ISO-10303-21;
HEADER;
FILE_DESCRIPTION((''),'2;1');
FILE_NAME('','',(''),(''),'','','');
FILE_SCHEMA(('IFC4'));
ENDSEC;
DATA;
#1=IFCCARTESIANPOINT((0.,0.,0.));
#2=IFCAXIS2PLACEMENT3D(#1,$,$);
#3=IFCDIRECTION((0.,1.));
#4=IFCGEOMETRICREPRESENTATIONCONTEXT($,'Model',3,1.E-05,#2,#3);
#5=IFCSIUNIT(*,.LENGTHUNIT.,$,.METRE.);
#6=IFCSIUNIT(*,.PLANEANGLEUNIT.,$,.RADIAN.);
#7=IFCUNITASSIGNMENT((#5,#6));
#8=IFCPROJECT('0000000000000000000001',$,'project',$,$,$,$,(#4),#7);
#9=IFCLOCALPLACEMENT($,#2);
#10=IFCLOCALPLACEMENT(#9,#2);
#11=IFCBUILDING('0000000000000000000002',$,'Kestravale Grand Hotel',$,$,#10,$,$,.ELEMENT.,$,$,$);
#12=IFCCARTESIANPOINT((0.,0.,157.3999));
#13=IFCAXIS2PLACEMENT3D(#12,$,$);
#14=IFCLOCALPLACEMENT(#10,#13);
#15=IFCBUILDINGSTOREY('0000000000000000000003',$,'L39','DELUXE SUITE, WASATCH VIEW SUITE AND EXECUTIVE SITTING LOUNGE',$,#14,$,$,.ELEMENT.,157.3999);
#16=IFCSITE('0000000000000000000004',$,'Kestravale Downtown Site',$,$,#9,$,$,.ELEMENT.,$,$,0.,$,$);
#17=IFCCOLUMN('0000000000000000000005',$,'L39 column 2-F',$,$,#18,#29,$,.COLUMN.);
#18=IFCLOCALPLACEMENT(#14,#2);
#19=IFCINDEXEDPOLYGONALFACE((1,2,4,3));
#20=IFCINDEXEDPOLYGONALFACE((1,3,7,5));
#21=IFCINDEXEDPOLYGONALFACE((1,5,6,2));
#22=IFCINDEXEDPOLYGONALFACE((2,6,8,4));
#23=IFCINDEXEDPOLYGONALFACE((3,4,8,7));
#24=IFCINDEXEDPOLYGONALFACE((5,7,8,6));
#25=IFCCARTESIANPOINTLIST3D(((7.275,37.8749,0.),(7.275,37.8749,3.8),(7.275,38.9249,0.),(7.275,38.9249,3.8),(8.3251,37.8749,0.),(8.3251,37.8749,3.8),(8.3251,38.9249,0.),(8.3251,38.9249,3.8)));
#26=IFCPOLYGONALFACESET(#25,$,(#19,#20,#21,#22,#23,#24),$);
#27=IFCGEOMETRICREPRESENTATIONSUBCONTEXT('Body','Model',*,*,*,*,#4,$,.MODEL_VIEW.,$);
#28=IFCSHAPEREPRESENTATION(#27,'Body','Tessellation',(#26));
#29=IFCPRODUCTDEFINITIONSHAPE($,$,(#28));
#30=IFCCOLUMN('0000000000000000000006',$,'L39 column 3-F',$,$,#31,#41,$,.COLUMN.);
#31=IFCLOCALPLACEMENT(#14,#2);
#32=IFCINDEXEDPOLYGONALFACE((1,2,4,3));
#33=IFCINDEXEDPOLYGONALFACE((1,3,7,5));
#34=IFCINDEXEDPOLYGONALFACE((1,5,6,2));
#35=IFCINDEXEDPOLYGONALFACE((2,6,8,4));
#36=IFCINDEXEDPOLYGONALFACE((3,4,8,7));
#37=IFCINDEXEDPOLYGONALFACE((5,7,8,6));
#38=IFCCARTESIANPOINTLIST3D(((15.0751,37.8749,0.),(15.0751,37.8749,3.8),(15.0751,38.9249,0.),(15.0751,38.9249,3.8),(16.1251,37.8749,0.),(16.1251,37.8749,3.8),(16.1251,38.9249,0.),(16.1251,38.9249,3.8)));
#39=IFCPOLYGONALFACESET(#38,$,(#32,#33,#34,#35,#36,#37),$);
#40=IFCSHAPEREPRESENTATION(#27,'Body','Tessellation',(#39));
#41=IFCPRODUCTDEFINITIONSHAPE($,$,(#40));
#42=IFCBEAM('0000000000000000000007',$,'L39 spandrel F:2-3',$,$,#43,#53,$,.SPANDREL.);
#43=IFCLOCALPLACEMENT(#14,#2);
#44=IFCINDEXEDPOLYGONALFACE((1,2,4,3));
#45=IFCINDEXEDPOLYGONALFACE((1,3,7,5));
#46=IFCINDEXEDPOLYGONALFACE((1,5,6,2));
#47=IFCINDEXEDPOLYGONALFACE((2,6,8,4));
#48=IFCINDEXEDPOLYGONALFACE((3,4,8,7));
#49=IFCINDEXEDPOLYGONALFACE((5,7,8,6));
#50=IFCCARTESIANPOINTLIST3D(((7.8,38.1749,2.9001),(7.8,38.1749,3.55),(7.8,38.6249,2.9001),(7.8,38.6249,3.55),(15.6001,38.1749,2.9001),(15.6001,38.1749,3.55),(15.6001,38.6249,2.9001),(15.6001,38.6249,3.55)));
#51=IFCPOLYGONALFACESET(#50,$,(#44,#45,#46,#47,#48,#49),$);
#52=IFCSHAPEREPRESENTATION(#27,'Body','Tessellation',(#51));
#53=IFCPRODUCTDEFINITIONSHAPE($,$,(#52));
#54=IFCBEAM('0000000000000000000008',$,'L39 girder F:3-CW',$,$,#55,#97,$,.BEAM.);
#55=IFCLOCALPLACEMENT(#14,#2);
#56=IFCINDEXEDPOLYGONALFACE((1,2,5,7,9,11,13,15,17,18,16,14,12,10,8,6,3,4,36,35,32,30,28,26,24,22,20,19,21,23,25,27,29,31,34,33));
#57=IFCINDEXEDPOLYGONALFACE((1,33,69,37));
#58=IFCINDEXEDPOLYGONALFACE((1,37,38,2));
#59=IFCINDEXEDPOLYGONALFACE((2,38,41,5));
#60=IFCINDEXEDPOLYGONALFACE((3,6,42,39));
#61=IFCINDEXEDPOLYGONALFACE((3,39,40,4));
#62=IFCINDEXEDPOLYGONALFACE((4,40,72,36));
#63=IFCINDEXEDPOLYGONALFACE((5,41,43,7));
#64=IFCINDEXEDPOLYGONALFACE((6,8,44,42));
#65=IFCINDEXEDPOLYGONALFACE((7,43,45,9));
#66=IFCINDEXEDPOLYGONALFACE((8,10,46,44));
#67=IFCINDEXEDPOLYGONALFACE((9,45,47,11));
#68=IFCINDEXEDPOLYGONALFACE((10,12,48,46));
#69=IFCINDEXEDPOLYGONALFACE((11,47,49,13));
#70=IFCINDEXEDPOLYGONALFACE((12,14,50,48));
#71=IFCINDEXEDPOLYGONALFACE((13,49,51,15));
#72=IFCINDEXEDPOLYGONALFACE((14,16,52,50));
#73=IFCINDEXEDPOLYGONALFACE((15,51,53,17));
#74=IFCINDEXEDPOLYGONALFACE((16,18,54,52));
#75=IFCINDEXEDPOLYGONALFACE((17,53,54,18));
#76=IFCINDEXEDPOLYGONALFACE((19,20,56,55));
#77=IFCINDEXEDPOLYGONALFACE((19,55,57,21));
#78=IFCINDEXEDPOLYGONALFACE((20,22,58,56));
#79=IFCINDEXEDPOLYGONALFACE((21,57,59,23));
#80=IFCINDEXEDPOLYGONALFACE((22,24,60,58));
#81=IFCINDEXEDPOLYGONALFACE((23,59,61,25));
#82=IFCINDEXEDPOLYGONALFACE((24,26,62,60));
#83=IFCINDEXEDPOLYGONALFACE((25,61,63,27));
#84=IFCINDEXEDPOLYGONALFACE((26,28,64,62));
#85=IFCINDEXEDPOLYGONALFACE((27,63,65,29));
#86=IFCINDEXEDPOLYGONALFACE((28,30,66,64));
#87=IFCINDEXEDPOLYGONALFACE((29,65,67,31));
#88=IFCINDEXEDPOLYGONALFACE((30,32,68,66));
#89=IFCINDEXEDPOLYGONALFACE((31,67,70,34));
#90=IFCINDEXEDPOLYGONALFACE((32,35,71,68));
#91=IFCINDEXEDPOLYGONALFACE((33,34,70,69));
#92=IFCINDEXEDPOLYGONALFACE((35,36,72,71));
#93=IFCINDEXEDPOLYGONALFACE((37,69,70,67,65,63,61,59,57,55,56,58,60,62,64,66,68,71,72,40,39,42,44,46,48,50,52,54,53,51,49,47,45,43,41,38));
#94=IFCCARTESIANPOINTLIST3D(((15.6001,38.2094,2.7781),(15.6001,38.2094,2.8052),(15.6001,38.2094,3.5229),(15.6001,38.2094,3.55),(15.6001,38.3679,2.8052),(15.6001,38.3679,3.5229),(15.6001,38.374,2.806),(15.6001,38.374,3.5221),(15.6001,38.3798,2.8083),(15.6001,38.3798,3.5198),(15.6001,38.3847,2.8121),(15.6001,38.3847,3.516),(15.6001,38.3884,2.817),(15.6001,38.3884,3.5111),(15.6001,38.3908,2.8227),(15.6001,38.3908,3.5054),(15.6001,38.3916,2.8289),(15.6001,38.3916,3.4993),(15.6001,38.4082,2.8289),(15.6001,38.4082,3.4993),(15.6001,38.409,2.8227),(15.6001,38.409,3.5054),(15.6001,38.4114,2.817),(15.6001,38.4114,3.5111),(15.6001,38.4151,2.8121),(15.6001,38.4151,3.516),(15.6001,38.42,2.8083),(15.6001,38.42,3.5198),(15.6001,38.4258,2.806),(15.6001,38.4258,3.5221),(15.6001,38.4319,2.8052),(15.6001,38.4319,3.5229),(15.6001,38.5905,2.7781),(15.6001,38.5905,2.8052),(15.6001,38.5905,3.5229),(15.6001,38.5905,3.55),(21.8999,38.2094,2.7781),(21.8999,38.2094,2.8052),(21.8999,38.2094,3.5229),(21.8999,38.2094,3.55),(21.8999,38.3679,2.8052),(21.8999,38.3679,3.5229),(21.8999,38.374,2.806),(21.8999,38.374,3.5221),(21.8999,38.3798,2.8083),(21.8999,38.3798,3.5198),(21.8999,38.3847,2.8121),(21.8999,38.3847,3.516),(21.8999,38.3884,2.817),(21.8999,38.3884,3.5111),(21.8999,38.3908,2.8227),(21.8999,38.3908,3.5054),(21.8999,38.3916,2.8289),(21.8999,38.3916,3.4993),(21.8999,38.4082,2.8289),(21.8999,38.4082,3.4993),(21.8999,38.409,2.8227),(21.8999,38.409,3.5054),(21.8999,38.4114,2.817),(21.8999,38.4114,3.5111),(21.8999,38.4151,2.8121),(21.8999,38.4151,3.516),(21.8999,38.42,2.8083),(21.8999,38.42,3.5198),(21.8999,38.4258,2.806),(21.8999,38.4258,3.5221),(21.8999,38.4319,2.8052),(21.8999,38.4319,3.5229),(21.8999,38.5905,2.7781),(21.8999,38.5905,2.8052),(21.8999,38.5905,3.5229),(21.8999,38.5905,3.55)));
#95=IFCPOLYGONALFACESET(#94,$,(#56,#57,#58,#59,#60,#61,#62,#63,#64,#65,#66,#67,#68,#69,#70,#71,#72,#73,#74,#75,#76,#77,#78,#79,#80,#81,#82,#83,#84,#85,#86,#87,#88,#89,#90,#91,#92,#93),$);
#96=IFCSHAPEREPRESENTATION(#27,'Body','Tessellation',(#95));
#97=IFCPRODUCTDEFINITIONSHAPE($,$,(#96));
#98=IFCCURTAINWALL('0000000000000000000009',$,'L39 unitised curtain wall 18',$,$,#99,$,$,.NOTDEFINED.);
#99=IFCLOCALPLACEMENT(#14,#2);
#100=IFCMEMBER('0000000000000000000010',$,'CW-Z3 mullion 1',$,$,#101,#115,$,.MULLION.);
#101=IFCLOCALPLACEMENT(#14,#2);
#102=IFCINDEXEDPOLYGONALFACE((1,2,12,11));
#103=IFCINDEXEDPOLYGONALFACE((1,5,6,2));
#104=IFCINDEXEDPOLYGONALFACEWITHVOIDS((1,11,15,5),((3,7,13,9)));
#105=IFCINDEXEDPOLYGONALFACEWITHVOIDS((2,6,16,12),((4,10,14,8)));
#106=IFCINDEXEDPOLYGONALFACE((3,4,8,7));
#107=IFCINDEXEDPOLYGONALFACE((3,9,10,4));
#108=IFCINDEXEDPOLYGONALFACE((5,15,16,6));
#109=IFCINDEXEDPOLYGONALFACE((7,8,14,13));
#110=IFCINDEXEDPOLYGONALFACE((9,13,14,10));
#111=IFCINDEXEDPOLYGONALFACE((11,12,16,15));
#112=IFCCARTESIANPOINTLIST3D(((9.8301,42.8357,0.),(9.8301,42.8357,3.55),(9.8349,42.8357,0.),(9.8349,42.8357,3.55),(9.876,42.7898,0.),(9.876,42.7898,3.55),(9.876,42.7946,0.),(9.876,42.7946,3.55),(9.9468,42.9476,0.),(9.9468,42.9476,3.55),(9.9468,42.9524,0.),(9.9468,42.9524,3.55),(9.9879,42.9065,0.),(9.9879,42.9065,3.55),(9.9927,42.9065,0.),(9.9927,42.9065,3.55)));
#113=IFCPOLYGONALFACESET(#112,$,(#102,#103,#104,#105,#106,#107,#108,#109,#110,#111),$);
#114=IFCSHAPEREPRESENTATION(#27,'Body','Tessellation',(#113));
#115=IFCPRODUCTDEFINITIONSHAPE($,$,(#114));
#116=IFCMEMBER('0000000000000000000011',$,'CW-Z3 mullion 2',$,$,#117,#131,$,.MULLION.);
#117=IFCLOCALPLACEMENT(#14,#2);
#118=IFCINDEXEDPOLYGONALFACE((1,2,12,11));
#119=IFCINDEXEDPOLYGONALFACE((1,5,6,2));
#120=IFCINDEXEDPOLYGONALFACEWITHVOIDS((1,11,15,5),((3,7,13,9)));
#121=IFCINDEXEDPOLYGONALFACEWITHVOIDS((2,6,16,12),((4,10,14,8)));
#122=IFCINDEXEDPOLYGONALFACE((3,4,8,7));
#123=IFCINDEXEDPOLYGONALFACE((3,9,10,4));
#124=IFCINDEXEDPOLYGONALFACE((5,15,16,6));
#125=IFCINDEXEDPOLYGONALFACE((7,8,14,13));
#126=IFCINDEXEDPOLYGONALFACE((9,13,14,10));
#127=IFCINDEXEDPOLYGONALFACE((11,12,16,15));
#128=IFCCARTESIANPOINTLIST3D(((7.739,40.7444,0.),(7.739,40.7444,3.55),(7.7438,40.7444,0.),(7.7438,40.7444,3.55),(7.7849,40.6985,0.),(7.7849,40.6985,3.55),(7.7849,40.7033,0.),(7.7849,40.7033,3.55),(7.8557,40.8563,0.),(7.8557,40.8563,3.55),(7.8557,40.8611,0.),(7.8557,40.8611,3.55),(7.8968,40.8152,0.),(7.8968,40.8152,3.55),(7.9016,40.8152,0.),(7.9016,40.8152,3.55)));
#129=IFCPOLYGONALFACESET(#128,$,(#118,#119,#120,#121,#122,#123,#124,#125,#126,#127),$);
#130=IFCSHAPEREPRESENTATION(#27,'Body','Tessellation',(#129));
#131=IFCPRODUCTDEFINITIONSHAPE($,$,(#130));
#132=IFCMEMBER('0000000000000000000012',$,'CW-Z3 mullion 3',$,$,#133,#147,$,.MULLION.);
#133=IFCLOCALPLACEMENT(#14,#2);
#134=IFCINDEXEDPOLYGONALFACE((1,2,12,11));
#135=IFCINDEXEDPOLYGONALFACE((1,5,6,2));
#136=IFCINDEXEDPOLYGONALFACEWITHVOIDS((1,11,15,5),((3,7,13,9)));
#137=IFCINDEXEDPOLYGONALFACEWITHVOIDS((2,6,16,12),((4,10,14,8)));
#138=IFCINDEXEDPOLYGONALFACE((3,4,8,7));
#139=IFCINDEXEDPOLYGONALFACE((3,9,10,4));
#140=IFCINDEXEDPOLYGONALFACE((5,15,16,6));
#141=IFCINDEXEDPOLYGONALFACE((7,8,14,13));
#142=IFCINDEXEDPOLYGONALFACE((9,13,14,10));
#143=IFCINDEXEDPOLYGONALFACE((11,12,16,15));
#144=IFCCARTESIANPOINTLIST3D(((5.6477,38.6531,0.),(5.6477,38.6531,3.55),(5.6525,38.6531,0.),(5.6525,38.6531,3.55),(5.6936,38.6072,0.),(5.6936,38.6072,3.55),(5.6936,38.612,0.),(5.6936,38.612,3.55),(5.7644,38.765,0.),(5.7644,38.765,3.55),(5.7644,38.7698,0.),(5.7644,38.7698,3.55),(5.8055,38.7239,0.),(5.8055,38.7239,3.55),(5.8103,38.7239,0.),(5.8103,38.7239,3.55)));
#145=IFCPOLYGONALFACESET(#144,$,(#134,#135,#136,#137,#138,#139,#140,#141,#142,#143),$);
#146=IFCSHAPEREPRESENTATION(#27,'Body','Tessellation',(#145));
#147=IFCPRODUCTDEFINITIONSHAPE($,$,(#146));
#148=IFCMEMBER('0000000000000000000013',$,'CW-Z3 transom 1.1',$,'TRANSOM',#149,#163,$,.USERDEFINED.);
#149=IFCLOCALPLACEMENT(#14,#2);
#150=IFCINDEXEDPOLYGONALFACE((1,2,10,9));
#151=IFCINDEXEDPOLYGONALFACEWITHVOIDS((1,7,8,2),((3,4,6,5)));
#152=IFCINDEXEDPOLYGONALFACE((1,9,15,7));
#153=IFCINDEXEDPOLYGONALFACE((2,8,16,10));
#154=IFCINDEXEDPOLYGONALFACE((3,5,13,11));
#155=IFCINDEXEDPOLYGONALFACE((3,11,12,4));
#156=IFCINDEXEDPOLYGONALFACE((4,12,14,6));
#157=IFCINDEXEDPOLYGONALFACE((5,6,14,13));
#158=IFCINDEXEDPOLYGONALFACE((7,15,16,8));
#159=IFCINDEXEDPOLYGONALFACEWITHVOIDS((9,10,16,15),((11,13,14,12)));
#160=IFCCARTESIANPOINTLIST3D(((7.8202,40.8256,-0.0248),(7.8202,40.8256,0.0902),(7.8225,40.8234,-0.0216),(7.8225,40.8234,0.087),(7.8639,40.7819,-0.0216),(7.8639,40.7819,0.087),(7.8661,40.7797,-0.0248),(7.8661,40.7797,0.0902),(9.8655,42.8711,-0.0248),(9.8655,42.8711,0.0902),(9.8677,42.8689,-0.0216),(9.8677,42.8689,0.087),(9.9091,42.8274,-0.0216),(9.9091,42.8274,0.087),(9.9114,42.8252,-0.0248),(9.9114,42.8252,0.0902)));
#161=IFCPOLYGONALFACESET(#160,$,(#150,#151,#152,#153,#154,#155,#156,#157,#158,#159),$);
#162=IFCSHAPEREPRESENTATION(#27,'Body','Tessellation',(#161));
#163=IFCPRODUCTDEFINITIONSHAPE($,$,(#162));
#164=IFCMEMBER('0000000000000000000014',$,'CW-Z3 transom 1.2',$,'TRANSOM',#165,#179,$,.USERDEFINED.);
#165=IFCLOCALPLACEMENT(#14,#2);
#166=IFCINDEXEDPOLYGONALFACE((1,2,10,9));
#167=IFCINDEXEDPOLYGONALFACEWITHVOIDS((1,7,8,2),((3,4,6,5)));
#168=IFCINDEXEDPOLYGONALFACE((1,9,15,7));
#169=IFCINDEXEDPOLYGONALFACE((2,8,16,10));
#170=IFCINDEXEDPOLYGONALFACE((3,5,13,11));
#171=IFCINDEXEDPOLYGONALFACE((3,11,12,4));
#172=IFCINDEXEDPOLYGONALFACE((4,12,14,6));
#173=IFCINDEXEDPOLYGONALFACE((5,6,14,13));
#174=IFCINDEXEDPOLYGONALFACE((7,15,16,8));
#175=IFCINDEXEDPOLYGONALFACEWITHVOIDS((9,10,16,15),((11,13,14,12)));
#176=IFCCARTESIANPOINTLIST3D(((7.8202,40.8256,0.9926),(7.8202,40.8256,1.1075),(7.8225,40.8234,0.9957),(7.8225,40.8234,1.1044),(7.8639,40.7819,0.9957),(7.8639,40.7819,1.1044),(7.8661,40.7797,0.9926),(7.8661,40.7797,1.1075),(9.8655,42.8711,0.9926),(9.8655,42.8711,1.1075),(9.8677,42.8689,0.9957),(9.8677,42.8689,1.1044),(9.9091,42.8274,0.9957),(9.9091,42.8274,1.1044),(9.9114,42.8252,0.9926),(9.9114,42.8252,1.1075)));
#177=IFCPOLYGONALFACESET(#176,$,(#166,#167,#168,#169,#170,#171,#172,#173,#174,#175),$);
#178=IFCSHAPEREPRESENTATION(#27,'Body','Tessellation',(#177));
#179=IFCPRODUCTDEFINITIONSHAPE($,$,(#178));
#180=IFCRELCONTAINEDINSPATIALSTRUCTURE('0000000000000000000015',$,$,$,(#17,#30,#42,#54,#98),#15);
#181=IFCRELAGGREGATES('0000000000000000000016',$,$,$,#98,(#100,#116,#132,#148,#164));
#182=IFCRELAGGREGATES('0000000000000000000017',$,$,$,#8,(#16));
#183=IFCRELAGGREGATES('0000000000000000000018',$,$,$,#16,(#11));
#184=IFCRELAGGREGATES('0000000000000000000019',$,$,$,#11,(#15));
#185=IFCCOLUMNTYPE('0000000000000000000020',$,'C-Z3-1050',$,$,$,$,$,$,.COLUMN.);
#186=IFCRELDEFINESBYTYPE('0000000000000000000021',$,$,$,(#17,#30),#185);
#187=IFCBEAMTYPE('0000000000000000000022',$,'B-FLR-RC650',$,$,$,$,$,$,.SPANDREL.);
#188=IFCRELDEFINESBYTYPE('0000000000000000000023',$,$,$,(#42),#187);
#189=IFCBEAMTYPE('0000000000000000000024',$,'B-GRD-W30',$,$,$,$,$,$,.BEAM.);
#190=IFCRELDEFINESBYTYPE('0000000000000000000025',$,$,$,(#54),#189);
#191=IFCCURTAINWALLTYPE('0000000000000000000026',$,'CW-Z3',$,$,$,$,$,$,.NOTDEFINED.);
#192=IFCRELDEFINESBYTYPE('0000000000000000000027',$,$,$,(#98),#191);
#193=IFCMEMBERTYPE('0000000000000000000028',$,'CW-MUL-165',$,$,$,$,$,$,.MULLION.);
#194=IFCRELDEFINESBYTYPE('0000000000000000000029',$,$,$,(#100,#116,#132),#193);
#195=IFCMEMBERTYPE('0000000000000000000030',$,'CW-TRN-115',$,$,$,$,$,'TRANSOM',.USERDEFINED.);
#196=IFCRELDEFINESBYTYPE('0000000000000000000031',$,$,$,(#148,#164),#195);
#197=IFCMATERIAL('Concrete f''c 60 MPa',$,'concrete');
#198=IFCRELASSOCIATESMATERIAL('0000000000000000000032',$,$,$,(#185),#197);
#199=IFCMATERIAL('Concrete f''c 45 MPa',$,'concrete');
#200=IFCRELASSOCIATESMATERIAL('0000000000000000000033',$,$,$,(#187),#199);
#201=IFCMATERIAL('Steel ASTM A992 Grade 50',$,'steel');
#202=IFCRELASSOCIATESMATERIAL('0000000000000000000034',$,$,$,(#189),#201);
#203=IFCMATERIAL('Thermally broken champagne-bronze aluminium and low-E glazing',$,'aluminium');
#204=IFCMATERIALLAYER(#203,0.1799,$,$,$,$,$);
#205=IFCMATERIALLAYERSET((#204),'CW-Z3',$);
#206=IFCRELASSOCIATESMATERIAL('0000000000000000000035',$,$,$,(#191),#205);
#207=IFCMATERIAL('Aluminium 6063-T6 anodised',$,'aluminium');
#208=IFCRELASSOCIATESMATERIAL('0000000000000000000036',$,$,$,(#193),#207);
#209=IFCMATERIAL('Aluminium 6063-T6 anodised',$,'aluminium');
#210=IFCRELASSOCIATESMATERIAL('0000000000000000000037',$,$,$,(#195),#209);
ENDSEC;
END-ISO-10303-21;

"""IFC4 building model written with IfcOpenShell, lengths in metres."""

from ifc_helpers import new_model, si_unit, direction, frame, origin, origin_2d, place, context, subcontext, project, spatial, rectangle, hollow_rectangle, i_section, extrude, material, layer, layer_set, material_profile, profile_set, type_object, element, aggregate, save


model = new_model("IFC4")

# Units and contexts
model_context = context("Model", 3, precision=1e-05, world=origin(), true_north=direction((0.0, 1.0)))
body_context = subcontext(model_context, "Body", "Model", "MODEL_VIEW")
ifc_project = project(units=[si_unit("LENGTHUNIT", "METRE"), si_unit("PLANEANGLEUNIT", "RADIAN")], contexts=[model_context])

# Site, building, storey
site_placement = place(None, origin())
site = spatial("IfcSite", under=ifc_project, at=site_placement, Name="Kestravale Downtown Site", CompositionType="ELEMENT", RefElevation=0.0)
building_placement = place(site_placement, origin())
building = spatial("IfcBuilding", under=site, at=building_placement, Name="Kestravale Grand Hotel", CompositionType="ELEMENT")
storey_placement = place(building_placement, frame((0.0, 0.0, 157.3999)))
storey = spatial("IfcBuildingStorey", under=building, at=storey_placement, Name="L39", Description="DELUXE SUITE, WASATCH VIEW SUITE AND EXECUTIVE SITTING LOUNGE", CompositionType="ELEMENT", Elevation=157.3999)

# Columns
ifc_material_1 = material(Name="Concrete f'c 60 MPa", Category="concrete")
ifc_material_profile_1 = material_profile(ifc_material_1, rectangle(XDim=1.05, YDim=1.05, at=origin_2d()))
ifc_profile_set_1 = profile_set([ifc_material_profile_1], Name="Concrete f'c 60 MPa")
column_type = type_object("IfcColumnType", Name="C-Z3-1050", PredefinedType="COLUMN", material=ifc_profile_set_1)
for number, where, z_axis, x_axis, name in (
    (1, (7.8, 38.3999, 0.0), (0.0, 0.0, 1.0), (1.0, 0.0, 0.0), "L39 column 2-F"),
    (2, (15.6001, 38.3999, 0.0), (0.0, 0.0, 1.0), (1.0, 0.0, 0.0), "L39 column 3-F"),
):
    element("IfcColumn", number, at=place(storey_placement, frame(where, z_axis=z_axis, x_axis=x_axis)), inside=storey, type_object=column_type, Name=name, PredefinedType="COLUMN", context=body_context, shape_type="SweptSolid", body=[
        extrude(rectangle(XDim=1.05, YDim=1.05, at=origin_2d()), origin(), (0.0, 0.0, 1.0), 3.8),
    ])

# Beams
ifc_material_2 = material(Name="Concrete f'c 45 MPa", Category="concrete")
ifc_material_profile_2 = material_profile(ifc_material_2, rectangle(XDim=0.45, YDim=0.6499, at=origin_2d()))
ifc_profile_set_2 = profile_set([ifc_material_profile_2], Name="Concrete f'c 45 MPa")
beam_type_1 = type_object("IfcBeamType", Name="B-FLR-RC650", PredefinedType="SPANDREL", material=ifc_profile_set_2)
beam_1_placement = place(storey_placement, frame((7.8, 38.3999, 3.2251), z_axis=(1.0, 0.0, 0.0), x_axis=(0.0, 1.0, 0.0)))
element("IfcBeam", 3, at=beam_1_placement, inside=storey, type_object=beam_type_1, Name="L39 spandrel F:2-3", PredefinedType="SPANDREL", context=body_context, shape_type="SweptSolid", body=[
    extrude(rectangle(XDim=0.45, YDim=0.6499, at=origin_2d()), origin(), (0.0, 0.0, 1.0), 7.8),
])
ifc_material_3 = material(Name="Steel ASTM A992 Grade 50", Category="steel")
ifc_material_profile_3 = material_profile(ifc_material_3, i_section(OverallWidth=0.3811, OverallDepth=0.772, WebThickness=0.0166, FlangeThickness=0.0271, FilletRadius=0.0237, at=origin_2d()))
ifc_profile_set_3 = profile_set([ifc_material_profile_3], Name="Steel ASTM A992 Grade 50")
beam_type_2 = type_object("IfcBeamType", Name="B-GRD-W30", PredefinedType="BEAM", material=ifc_profile_set_3)
beam_2_placement = place(storey_placement, frame((15.6001, 38.3999, 3.1641), z_axis=(1.0, 0.0, 0.0), x_axis=(0.0, 1.0, 0.0)))
element("IfcBeam", 4, at=beam_2_placement, inside=storey, type_object=beam_type_2, Name="L39 girder F:3-CW", PredefinedType="BEAM", context=body_context, shape_type="SweptSolid", body=[
    extrude(i_section(OverallWidth=0.3811, OverallDepth=0.772, WebThickness=0.0166, FlangeThickness=0.0271, FilletRadius=0.0237, at=origin_2d()), origin(), (0.0, 0.0, 1.0), 6.2998),
])

# Curtain wall, members
ifc_material_4 = material(Name="Thermally broken champagne-bronze aluminium and low-E glazing", Category="aluminium")
ifc_layer_1 = layer(ifc_material_4, 0.1799)
ifc_layer_set_1 = layer_set([ifc_layer_1], Name="CW-Z3")
curtain_wall_type = type_object("IfcCurtainWallType", Name="CW-Z3", PredefinedType="NOTDEFINED", material=ifc_layer_set_1)
curtain_wall_placement = place(storey_placement, origin())
curtain_wall = element("IfcCurtainWall", 5, at=curtain_wall_placement, inside=storey, type_object=curtain_wall_type, Name="L39 unitised curtain wall 18", PredefinedType="NOTDEFINED")
ifc_material_5 = material(Name="Aluminium 6063-T6 anodised", Category="aluminium")
ifc_material_profile_4 = material_profile(ifc_material_5, hollow_rectangle(XDim=0.0649, YDim=0.165, WallThickness=0.0034, at=origin_2d()))
ifc_profile_set_4 = profile_set([ifc_material_profile_4], Name="Aluminium 6063-T6 anodised")
member_type_1 = type_object("IfcMemberType", Name="CW-MUL-165", PredefinedType="MULLION", material=ifc_profile_set_4)
member_1_placement = place(storey_placement, frame((9.9114, 42.8711, 0.0), z_axis=(0.0, 0.0, 1.0), x_axis=(0.707107, -0.707107, 0.0)))
member_1 = element("IfcMember", 6, at=member_1_placement, type_object=member_type_1, Name="CW-Z3 mullion 1", PredefinedType="MULLION", context=body_context, shape_type="SweptSolid", body=[
    extrude(hollow_rectangle(XDim=0.0649, YDim=0.165, WallThickness=0.0034, at=origin_2d()), origin(), (0.0, 0.0, 1.0), 3.55),
])
member_2_placement = place(storey_placement, frame((7.8203, 40.7798, 0.0), z_axis=(0.0, 0.0, 1.0), x_axis=(0.707107, -0.707107, 0.0)))
member_2 = element("IfcMember", 7, at=member_2_placement, type_object=member_type_1, Name="CW-Z3 mullion 2", PredefinedType="MULLION", context=body_context, shape_type="SweptSolid", body=[
    extrude(hollow_rectangle(XDim=0.0649, YDim=0.165, WallThickness=0.0034, at=origin_2d()), origin(), (0.0, 0.0, 1.0), 3.55),
])
member_3_placement = place(storey_placement, frame((5.729, 38.6885, 0.0), z_axis=(0.0, 0.0, 1.0), x_axis=(0.707107, -0.707107, 0.0)))
member_3 = element("IfcMember", 8, at=member_3_placement, type_object=member_type_1, Name="CW-Z3 mullion 3", PredefinedType="MULLION", context=body_context, shape_type="SweptSolid", body=[
    extrude(hollow_rectangle(XDim=0.0649, YDim=0.165, WallThickness=0.0034, at=origin_2d()), origin(), (0.0, 0.0, 1.0), 3.55),
])
ifc_material_6 = material(Name="Aluminium 6063-T6 anodised", Category="aluminium")
ifc_material_profile_5 = material_profile(ifc_material_6, hollow_rectangle(XDim=0.0649, YDim=0.115, WallThickness=0.0032, at=origin_2d()))
ifc_profile_set_5 = profile_set([ifc_material_profile_5], Name="Aluminium 6063-T6 anodised")
member_type_2 = type_object("IfcMemberType", Name="CW-TRN-115", ElementType="TRANSOM", PredefinedType="USERDEFINED", material=ifc_profile_set_5)
member_4_placement = place(storey_placement, frame((9.8884, 42.8481, 0.0327), z_axis=(-0.707065, -0.707149, 0.0), x_axis=(0.707149, -0.707065, 0.0)))
member_4 = element("IfcMember", 9, at=member_4_placement, type_object=member_type_2, Name="CW-Z3 transom 1.1", ObjectType="TRANSOM", PredefinedType="USERDEFINED", context=body_context, shape_type="SweptSolid", body=[
    extrude(hollow_rectangle(XDim=0.0649, YDim=0.115, WallThickness=0.0032, at=origin_2d()), origin(), (0.0, 0.0, 1.0), 2.8926),
])
member_5_placement = place(storey_placement, frame((9.8884, 42.8481, 1.05), z_axis=(-0.707065, -0.707149, 0.0), x_axis=(0.707149, -0.707065, 0.0)))
member_5 = element("IfcMember", 10, at=member_5_placement, type_object=member_type_2, Name="CW-Z3 transom 1.2", ObjectType="TRANSOM", PredefinedType="USERDEFINED", context=body_context, shape_type="SweptSolid", body=[
    extrude(hollow_rectangle(XDim=0.0649, YDim=0.115, WallThickness=0.0032, at=origin_2d()), origin(), (0.0, 0.0, 1.0), 2.8926),
])
aggregate(curtain_wall, [member_1, member_2, member_3, member_4, member_5])

save(model, "model.ifc")
